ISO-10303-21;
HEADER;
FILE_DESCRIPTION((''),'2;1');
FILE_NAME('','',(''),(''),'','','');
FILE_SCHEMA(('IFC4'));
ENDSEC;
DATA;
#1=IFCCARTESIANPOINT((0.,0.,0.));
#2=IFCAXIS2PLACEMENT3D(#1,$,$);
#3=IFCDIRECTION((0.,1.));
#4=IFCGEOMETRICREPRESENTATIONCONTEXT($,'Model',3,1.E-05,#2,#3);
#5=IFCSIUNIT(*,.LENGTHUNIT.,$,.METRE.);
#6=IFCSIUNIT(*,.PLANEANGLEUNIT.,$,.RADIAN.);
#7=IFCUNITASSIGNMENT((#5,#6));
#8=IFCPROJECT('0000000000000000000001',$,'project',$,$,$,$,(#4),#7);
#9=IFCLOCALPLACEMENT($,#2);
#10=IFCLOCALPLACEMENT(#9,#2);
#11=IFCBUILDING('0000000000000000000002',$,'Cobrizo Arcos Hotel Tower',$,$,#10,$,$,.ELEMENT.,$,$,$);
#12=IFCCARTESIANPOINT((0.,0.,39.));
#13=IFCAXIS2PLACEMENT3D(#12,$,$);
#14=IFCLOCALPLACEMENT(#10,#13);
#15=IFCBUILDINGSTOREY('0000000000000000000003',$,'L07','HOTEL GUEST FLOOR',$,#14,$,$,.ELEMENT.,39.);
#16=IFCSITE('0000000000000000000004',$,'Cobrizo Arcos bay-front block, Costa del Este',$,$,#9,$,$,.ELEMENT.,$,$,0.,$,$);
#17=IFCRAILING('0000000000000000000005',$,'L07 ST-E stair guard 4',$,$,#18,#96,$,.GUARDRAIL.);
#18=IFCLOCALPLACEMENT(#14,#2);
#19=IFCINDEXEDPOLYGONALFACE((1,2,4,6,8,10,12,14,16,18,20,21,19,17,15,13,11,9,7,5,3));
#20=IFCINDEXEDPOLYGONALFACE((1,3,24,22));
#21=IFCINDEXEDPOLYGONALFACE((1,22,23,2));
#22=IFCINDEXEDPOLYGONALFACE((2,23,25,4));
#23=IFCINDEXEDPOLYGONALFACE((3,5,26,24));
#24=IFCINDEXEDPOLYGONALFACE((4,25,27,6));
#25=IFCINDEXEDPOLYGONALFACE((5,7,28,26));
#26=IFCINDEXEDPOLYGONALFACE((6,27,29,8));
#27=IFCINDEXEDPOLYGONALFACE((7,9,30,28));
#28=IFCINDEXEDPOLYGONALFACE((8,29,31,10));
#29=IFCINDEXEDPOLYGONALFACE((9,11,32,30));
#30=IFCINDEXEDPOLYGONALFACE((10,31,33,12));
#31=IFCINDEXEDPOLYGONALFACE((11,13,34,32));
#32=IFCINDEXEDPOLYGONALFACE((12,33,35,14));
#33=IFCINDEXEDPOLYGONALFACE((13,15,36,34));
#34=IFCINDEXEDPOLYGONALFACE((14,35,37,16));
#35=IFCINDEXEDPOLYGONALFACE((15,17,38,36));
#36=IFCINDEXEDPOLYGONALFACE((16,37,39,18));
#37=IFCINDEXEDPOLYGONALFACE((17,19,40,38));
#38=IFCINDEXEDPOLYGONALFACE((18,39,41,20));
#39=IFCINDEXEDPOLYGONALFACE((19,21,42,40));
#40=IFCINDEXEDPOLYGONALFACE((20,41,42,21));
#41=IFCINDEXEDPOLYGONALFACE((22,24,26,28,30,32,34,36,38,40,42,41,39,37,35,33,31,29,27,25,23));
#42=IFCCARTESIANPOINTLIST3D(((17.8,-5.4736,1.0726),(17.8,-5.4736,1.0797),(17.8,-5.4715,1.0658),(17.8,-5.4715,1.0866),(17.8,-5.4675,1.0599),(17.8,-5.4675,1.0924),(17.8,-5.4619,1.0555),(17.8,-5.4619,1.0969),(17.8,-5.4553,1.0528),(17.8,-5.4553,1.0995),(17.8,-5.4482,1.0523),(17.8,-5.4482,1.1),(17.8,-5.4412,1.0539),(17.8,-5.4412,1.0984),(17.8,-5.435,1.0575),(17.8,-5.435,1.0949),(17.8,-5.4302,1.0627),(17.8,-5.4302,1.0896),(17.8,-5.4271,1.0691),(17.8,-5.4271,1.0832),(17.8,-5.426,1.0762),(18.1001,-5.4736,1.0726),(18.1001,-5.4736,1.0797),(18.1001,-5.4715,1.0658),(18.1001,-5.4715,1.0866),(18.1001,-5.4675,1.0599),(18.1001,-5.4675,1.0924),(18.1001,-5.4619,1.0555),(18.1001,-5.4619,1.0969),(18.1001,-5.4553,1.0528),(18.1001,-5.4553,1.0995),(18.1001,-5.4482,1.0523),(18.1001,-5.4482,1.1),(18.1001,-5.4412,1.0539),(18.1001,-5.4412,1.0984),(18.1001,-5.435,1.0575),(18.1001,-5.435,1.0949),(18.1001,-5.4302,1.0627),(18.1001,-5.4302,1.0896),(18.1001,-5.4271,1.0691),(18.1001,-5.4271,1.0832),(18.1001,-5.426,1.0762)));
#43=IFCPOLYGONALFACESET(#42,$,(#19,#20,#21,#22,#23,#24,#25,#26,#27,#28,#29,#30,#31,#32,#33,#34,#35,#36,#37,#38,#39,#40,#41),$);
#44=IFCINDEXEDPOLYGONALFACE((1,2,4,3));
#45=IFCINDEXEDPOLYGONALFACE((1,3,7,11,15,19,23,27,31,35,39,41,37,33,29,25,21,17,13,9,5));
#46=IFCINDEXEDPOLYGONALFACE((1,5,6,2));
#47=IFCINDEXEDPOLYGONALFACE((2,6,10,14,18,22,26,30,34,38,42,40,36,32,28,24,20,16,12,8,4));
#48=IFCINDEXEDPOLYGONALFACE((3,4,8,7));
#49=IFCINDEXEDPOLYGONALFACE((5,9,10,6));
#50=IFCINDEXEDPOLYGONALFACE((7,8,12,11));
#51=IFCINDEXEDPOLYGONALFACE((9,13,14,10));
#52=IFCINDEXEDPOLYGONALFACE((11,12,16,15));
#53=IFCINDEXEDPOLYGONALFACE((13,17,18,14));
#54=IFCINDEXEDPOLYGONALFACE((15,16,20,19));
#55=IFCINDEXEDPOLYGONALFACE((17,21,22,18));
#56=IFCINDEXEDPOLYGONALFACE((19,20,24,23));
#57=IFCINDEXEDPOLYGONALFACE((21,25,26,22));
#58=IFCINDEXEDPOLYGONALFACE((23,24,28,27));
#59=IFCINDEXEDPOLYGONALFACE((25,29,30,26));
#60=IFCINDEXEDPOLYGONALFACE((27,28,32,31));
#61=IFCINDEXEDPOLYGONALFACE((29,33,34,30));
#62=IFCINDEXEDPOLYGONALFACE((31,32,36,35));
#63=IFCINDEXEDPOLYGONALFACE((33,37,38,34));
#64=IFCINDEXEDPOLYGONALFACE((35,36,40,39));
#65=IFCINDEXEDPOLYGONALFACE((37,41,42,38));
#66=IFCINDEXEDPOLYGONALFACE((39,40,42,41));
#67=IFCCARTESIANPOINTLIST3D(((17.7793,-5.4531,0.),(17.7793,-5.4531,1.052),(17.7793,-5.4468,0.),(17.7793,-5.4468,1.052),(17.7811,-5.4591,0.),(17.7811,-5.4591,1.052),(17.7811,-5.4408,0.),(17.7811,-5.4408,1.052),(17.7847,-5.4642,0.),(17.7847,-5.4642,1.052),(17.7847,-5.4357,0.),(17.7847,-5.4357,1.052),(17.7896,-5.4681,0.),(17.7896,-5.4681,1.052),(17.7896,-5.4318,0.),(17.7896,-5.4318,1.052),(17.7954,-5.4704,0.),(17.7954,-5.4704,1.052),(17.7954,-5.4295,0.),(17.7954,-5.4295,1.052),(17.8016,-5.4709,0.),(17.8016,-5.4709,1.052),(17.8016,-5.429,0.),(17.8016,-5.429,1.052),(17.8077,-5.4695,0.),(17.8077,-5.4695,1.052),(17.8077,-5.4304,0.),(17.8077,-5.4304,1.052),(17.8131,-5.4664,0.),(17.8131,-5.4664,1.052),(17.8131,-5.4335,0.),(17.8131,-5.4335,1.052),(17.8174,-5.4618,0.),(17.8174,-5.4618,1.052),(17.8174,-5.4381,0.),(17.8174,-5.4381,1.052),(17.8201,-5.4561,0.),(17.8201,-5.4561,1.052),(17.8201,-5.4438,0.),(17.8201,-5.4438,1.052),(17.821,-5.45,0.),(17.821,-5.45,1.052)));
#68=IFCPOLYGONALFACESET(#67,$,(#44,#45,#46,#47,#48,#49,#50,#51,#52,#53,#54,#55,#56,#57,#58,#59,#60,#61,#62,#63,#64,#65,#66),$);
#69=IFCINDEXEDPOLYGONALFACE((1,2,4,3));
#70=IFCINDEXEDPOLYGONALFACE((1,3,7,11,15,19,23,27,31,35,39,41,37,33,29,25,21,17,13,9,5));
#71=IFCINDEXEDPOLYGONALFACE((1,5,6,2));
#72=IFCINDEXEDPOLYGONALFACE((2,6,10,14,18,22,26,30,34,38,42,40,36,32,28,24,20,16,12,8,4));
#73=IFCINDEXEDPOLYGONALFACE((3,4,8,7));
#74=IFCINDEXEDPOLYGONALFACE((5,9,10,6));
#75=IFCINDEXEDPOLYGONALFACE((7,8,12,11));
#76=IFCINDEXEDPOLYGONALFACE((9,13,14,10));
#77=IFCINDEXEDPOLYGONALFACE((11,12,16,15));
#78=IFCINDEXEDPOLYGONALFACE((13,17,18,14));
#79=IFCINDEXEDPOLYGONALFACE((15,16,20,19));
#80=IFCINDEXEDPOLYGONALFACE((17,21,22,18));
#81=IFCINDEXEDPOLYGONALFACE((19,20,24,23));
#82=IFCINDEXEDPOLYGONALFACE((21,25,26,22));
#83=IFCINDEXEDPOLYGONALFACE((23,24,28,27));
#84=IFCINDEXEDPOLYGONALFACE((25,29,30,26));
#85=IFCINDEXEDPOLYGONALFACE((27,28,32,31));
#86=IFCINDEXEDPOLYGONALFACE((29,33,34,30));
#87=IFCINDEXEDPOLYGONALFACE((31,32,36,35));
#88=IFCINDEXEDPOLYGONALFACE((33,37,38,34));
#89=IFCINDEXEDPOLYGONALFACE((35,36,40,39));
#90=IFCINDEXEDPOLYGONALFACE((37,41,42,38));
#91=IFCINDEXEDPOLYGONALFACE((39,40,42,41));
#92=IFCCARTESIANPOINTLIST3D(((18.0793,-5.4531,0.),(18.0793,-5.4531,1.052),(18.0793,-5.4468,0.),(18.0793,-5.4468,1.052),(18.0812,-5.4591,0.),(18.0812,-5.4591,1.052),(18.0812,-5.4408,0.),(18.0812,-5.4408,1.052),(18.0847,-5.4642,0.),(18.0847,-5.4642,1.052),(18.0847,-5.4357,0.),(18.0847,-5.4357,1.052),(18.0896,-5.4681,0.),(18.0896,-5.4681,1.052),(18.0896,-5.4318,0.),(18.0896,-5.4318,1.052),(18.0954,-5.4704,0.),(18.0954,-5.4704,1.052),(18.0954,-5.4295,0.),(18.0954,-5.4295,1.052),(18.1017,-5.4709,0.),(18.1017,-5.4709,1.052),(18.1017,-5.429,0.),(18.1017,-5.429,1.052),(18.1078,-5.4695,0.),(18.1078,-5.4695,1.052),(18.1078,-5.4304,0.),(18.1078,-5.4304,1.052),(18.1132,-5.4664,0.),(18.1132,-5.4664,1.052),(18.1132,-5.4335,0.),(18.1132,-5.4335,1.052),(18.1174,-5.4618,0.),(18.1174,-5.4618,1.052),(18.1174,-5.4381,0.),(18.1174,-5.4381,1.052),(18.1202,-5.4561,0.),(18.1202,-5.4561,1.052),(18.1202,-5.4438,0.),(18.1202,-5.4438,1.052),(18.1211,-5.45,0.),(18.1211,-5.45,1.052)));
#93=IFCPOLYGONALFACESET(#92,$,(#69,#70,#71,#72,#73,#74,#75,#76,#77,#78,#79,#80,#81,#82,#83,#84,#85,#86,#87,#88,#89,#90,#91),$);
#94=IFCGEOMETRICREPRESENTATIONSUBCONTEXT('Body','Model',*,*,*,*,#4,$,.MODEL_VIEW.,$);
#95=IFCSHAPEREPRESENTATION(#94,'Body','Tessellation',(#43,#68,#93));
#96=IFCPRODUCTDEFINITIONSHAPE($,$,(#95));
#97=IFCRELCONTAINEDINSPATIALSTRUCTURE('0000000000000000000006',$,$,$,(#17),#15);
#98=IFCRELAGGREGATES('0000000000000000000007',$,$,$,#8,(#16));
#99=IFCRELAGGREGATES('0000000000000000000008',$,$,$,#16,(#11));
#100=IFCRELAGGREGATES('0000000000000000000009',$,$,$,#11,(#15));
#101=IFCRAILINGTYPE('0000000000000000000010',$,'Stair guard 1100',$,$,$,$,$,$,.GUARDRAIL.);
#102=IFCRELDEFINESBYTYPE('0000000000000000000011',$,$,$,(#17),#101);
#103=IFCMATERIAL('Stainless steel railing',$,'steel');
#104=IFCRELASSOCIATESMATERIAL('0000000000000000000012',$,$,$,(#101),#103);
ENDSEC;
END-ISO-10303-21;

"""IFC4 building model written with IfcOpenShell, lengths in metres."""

from ifc_helpers import new_model, si_unit, direction, frame, origin, origin_2d, place, context, subcontext, project, spatial, circle, extrude, material, type_object, element, save


model = new_model("IFC4")

# Units and contexts
model_context = context("Model", 3, precision=1e-05, world=origin(), true_north=direction((0.0, 1.0)))
body_context = subcontext(model_context, "Body", "Model", "MODEL_VIEW")
ifc_project = project(units=[si_unit("LENGTHUNIT", "METRE"), si_unit("PLANEANGLEUNIT", "RADIAN")], contexts=[model_context])

# Site, building, storey
site_placement = place(None, origin())
site = spatial("IfcSite", under=ifc_project, at=site_placement, Name="Cobrizo Arcos bay-front block, Costa del Este", CompositionType="ELEMENT", RefElevation=0.0)
building_placement = place(site_placement, origin())
building = spatial("IfcBuilding", under=site, at=building_placement, Name="Cobrizo Arcos Hotel Tower", CompositionType="ELEMENT")
storey_placement = place(building_placement, frame((0.0, 0.0, 39.0)))
storey = spatial("IfcBuildingStorey", under=building, at=storey_placement, Name="L07", Description="HOTEL GUEST FLOOR", CompositionType="ELEMENT", Elevation=39.0)

# Railing
ifc_material_1 = material(Name="Stainless steel railing", Category="steel")
railing_type = type_object("IfcRailingType", Name="Stair guard 1100", PredefinedType="GUARDRAIL", material=ifc_material_1)
railing_placement = place(storey_placement, frame((17.8, -5.45, 0.0)))
element("IfcRailing", 1, at=railing_placement, inside=storey, type_object=railing_type, Name="L07 ST-E stair guard 4", PredefinedType="GUARDRAIL", context=body_context, shape_type="SweptSolid", body=[
    extrude(circle(Radius=0.0239, at=origin_2d()), frame((0.0, 0.0, 1.0762), z_axis=(1.0, 0.0, 0.0), x_axis=(0.0, 1.0, 0.0)), (0.0, 0.0, 1.0), 0.3),
    extrude(circle(Radius=0.021, at=origin_2d()), origin(), (0.0, 0.0, 1.0), 1.052),
    extrude(circle(Radius=0.021, at=origin_2d()), frame((0.3, 0.0, 0.0)), (0.0, 0.0, 1.0), 1.052),
])

save(model, "model.ifc")
